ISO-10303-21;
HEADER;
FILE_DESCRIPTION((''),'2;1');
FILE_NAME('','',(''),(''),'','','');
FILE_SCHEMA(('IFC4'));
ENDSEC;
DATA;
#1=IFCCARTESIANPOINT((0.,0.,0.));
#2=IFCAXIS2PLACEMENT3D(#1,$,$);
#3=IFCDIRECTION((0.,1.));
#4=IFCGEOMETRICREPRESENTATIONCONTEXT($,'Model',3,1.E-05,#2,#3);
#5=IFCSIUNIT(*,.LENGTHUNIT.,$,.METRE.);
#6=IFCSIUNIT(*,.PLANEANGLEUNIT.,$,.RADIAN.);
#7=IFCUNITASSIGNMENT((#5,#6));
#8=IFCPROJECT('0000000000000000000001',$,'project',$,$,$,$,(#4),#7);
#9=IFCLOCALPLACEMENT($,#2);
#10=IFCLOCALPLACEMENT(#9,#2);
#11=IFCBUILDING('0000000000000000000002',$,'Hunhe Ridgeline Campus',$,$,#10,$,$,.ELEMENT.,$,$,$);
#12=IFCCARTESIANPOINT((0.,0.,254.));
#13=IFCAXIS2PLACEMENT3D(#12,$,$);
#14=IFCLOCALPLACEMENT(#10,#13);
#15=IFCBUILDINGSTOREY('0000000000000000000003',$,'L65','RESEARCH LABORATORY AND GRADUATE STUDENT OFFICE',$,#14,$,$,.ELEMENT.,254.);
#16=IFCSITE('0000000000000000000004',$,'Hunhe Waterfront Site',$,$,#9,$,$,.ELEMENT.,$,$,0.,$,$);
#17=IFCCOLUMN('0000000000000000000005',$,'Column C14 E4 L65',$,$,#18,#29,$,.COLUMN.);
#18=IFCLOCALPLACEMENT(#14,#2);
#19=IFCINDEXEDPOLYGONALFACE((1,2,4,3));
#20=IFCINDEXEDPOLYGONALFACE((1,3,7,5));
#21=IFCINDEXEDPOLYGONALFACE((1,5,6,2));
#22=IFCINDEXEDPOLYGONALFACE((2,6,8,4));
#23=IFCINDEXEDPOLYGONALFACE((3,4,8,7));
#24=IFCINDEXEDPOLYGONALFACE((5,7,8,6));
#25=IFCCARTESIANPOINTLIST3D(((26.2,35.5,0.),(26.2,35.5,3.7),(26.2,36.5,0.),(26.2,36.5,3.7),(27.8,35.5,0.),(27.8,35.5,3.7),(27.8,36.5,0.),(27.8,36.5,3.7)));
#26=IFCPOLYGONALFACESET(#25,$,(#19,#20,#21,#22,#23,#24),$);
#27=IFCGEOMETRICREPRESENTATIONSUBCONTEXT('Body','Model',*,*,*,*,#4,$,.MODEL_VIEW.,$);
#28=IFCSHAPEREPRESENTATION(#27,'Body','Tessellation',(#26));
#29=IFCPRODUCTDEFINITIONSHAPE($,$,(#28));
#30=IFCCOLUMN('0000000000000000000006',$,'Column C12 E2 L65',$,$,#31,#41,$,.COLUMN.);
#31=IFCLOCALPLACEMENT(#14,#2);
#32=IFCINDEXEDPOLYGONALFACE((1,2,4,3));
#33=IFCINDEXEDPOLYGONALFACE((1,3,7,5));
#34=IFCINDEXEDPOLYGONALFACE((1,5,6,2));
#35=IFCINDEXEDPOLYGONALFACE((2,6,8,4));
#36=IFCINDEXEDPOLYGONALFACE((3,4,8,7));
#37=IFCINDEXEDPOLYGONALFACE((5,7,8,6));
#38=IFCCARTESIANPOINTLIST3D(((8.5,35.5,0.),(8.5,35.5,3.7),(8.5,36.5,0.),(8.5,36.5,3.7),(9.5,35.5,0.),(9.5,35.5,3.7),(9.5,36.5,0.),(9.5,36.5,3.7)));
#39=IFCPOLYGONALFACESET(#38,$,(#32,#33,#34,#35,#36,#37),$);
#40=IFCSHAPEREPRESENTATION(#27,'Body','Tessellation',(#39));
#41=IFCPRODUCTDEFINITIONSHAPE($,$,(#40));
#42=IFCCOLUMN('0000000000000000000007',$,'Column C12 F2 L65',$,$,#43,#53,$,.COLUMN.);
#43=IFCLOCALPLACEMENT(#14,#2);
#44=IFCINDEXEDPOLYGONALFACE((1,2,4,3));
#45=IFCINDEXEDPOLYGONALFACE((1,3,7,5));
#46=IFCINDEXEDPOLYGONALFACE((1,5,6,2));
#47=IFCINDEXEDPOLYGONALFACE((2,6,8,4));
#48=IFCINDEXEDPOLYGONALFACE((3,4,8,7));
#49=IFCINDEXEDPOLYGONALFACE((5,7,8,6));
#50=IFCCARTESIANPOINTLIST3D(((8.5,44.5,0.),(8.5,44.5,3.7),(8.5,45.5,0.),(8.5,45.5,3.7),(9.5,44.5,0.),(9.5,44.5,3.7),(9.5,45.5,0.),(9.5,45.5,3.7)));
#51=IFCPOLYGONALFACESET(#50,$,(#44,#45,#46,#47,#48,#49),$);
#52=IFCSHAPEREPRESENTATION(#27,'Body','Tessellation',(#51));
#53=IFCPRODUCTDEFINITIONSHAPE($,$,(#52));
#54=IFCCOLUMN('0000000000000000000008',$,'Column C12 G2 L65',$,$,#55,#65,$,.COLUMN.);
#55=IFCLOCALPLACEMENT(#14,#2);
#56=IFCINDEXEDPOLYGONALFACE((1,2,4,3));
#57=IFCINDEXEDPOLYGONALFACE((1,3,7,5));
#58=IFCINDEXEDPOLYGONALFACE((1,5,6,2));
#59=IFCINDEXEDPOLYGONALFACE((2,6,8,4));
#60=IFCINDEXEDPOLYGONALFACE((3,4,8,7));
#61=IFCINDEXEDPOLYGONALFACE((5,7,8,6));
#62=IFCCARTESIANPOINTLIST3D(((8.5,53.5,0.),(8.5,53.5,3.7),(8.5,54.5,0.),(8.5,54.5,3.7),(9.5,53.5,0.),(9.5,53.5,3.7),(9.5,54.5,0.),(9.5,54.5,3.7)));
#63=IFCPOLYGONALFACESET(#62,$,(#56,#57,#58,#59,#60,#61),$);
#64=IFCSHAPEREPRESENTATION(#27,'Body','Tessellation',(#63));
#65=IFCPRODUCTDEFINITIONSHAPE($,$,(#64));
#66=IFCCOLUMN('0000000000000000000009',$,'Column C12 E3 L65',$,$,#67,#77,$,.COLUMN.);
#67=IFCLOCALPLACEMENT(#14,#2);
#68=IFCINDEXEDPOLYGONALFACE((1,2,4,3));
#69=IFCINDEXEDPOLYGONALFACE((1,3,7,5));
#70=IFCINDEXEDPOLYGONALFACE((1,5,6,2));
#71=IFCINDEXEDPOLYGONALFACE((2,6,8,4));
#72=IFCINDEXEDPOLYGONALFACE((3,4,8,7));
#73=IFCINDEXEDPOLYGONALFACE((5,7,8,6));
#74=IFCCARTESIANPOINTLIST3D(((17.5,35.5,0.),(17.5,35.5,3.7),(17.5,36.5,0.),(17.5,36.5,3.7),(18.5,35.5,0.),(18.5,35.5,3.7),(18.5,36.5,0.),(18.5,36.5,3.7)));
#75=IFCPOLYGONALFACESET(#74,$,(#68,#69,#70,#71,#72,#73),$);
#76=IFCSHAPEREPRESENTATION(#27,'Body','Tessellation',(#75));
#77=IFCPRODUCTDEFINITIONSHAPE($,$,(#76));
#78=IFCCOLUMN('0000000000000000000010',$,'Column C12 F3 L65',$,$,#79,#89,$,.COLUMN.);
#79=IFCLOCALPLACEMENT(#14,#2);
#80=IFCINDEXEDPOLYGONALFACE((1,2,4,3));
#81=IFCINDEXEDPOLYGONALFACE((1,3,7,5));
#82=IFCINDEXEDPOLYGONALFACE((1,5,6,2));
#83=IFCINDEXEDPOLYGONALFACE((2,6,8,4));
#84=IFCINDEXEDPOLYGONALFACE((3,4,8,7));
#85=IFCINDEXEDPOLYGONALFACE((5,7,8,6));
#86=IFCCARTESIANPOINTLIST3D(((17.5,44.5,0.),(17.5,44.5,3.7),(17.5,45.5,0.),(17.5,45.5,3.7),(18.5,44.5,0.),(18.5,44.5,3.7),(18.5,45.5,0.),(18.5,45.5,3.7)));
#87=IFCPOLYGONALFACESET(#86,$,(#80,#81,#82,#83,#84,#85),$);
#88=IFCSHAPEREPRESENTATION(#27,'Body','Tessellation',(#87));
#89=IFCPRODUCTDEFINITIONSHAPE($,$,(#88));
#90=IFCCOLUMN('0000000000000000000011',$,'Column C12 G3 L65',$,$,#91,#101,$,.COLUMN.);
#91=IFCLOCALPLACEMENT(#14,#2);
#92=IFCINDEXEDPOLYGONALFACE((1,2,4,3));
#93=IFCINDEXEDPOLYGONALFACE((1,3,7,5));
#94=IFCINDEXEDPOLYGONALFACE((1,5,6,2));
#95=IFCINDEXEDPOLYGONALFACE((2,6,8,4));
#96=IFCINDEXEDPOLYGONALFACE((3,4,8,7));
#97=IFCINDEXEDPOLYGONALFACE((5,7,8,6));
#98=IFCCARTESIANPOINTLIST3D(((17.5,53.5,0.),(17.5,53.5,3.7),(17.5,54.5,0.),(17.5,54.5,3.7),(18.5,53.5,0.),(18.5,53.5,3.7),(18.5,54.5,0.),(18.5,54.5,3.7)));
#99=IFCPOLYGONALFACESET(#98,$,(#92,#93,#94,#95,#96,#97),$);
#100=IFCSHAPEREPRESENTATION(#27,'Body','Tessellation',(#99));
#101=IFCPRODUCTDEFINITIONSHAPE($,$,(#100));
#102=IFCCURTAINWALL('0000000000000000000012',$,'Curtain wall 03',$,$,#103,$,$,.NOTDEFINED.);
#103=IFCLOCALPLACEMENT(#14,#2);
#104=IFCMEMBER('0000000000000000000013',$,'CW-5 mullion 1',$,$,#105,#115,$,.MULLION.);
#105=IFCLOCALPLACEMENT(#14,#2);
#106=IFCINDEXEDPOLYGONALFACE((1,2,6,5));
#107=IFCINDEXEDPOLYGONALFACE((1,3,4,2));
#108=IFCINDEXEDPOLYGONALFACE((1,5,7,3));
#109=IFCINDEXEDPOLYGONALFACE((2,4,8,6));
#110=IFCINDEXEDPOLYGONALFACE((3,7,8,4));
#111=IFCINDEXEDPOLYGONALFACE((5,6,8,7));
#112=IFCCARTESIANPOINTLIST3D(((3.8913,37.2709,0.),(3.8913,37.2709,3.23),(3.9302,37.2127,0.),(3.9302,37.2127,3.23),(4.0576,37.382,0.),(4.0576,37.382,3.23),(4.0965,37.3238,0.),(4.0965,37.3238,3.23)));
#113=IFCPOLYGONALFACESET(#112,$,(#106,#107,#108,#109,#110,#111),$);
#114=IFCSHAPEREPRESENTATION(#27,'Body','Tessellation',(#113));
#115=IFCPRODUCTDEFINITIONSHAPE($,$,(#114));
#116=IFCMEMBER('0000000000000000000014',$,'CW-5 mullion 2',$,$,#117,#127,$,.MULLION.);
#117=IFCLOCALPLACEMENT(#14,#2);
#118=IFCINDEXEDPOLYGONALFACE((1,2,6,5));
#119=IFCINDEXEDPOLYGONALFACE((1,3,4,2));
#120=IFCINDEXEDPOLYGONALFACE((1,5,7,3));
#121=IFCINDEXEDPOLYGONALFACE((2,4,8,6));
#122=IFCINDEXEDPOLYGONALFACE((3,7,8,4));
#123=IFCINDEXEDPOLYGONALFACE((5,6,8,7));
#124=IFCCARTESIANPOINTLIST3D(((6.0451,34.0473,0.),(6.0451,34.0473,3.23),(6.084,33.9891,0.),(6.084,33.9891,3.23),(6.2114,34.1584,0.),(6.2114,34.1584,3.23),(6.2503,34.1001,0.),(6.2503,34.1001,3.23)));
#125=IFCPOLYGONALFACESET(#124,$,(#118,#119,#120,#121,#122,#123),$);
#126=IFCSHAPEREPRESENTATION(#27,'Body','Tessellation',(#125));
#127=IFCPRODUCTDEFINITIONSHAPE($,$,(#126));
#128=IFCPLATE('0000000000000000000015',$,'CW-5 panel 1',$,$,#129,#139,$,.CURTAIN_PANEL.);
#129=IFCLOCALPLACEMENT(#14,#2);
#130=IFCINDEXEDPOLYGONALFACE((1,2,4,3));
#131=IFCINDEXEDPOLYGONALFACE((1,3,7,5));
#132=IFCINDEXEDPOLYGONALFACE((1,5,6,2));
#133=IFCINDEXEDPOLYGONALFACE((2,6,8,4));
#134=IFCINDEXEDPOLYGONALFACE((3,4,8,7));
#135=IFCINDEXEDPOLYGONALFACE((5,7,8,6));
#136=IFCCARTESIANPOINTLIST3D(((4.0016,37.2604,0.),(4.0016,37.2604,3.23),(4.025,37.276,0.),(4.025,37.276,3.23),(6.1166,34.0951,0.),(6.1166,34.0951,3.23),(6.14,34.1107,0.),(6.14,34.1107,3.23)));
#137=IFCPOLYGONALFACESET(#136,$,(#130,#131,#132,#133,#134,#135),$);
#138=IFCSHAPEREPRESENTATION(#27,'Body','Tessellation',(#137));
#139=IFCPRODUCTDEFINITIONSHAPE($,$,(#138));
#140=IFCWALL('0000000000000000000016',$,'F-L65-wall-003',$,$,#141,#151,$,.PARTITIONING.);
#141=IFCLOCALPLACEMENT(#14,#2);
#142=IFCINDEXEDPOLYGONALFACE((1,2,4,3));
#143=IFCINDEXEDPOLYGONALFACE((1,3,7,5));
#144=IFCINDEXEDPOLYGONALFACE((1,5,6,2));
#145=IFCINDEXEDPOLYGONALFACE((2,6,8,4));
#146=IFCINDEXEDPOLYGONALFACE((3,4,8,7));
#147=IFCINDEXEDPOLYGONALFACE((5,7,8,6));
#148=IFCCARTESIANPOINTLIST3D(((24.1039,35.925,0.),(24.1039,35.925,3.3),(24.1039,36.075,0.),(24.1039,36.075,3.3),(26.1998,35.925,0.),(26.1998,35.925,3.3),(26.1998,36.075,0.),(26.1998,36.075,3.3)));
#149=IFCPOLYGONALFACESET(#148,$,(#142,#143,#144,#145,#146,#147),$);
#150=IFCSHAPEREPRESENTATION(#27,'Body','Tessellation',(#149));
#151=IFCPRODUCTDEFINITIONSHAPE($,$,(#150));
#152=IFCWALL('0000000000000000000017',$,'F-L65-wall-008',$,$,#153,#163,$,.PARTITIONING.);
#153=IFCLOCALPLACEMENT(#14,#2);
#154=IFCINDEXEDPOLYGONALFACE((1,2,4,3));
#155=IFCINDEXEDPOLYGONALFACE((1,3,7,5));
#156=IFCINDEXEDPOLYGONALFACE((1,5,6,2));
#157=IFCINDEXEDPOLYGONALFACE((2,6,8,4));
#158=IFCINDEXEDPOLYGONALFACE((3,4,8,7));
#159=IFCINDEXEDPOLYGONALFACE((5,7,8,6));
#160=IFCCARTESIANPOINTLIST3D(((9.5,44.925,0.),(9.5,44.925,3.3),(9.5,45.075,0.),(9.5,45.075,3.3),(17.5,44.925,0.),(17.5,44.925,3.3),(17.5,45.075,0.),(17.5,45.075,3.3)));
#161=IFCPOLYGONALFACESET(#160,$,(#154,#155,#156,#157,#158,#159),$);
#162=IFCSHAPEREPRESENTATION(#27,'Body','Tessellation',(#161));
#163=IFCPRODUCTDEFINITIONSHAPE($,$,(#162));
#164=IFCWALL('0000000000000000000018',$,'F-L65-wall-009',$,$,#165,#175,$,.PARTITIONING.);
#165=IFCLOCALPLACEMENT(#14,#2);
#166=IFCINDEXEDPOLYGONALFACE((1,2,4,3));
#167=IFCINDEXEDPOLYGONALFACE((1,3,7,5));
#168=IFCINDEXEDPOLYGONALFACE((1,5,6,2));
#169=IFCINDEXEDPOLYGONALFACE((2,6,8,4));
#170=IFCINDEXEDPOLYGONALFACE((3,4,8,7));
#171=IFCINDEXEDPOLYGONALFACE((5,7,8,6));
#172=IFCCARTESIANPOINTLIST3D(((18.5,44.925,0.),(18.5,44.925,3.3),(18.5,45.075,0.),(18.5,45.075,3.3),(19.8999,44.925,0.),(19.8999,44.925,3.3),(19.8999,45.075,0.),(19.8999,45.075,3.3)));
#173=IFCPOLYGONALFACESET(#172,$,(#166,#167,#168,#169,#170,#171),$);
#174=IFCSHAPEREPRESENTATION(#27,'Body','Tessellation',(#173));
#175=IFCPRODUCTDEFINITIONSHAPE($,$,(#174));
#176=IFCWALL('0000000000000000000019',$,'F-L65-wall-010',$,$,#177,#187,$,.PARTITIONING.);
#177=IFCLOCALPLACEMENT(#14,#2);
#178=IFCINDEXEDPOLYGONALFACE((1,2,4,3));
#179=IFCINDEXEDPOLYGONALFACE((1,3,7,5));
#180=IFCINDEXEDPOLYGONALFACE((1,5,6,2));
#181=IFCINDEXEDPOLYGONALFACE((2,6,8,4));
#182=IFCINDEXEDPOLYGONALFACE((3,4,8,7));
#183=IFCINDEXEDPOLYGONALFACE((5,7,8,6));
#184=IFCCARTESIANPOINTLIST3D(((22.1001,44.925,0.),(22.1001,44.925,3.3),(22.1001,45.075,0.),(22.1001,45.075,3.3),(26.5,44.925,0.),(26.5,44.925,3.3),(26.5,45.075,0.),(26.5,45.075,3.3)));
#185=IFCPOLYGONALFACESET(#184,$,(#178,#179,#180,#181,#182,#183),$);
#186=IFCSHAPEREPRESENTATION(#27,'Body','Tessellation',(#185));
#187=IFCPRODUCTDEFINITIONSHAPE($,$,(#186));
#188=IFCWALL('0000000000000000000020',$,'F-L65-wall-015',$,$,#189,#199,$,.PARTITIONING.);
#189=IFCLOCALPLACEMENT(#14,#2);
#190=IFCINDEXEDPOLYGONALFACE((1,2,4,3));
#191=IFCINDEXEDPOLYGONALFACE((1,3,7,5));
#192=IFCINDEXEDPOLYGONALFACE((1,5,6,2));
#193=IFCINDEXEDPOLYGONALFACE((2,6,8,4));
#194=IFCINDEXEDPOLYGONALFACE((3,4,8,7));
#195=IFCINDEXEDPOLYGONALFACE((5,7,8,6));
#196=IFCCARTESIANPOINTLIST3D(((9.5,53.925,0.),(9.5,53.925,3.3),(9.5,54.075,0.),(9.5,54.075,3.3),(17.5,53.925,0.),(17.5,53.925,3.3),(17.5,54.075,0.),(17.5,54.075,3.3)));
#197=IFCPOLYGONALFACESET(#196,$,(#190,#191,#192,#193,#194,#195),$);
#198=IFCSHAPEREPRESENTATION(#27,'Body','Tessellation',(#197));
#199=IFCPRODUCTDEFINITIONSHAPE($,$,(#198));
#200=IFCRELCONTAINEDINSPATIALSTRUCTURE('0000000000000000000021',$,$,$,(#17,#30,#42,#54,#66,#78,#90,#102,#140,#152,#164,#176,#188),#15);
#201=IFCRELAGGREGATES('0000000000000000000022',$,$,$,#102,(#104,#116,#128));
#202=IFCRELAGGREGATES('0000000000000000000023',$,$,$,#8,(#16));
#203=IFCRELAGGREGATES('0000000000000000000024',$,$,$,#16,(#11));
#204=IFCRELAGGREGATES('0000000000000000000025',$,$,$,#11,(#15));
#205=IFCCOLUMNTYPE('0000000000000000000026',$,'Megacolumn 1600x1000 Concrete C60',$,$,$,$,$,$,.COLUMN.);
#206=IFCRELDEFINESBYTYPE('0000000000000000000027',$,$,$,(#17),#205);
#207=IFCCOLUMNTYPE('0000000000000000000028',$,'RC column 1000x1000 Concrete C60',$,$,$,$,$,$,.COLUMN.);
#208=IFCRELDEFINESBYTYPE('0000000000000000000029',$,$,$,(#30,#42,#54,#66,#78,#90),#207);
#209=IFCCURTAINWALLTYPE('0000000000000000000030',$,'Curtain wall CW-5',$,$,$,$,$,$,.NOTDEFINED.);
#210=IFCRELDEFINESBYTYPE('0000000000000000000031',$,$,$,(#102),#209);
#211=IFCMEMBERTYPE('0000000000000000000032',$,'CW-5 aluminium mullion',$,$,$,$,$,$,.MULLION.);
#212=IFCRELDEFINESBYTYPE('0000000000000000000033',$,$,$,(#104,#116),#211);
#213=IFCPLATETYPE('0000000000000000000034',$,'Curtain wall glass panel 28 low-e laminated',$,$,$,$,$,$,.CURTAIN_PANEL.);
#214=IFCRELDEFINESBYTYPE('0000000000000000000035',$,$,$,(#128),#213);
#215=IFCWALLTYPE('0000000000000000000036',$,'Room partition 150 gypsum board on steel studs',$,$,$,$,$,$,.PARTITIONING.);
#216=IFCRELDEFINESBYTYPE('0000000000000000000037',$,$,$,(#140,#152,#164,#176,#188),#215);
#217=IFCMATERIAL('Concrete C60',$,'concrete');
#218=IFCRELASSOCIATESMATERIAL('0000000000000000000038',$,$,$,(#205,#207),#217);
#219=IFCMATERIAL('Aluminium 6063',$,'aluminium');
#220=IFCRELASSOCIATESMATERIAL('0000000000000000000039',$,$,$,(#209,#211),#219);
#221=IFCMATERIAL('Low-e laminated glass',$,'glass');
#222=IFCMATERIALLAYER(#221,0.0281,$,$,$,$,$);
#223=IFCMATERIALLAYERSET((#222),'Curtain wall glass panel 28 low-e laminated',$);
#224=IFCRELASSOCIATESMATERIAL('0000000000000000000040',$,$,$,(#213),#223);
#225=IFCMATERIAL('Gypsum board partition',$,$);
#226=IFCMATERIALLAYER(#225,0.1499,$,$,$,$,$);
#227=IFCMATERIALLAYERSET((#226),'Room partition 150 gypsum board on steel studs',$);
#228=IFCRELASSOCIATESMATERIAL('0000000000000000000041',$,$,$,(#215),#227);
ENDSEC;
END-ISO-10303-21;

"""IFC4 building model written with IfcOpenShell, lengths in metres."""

from ifc_helpers import new_model, si_unit, direction, frame, frame_2d, origin, origin_2d, place, context, subcontext, project, spatial, rectangle, extrude, material, layer, layer_set, material_profile, profile_set, type_object, element, aggregate, save


model = new_model("IFC4")

# Units and contexts
model_context = context("Model", 3, precision=1e-05, world=origin(), true_north=direction((0.0, 1.0)))
body_context = subcontext(model_context, "Body", "Model", "MODEL_VIEW")
ifc_project = project(units=[si_unit("LENGTHUNIT", "METRE"), si_unit("PLANEANGLEUNIT", "RADIAN")], contexts=[model_context])

# Site, building, storey
site_placement = place(None, origin())
site = spatial("IfcSite", under=ifc_project, at=site_placement, Name="Hunhe Waterfront Site", CompositionType="ELEMENT", RefElevation=0.0)
building_placement = place(site_placement, origin())
building = spatial("IfcBuilding", under=site, at=building_placement, Name="Hunhe Ridgeline Campus", CompositionType="ELEMENT")
storey_placement = place(building_placement, frame((0.0, 0.0, 254.0)))
storey = spatial("IfcBuildingStorey", under=building, at=storey_placement, Name="L65", Description="RESEARCH LABORATORY AND GRADUATE STUDENT OFFICE", CompositionType="ELEMENT", Elevation=254.0)

# Columns
ifc_material_1 = material(Name="Concrete C60", Category="concrete")
ifc_material_profile_1 = material_profile(ifc_material_1, rectangle(XDim=1.6001, YDim=1.0, at=origin_2d()))
ifc_profile_set_1 = profile_set([ifc_material_profile_1], Name="Concrete C60")
column_type_1 = type_object("IfcColumnType", Name="Megacolumn 1600x1000 Concrete C60", PredefinedType="COLUMN", material=ifc_profile_set_1)
column_placement = place(storey_placement, frame((27.0, 36.0, 0.0), z_axis=(0.0, 0.0, 1.0), x_axis=(1.0, 0.0, 0.0)))
element("IfcColumn", 1, at=column_placement, inside=storey, type_object=column_type_1, Name="Column C14 E4 L65", PredefinedType="COLUMN", context=body_context, shape_type="SweptSolid", body=[
    extrude(rectangle(XDim=1.6001, YDim=1.0, at=origin_2d()), origin(), (0.0, 0.0, 1.0), 3.7),
])
ifc_material_profile_2 = material_profile(ifc_material_1, rectangle(XDim=1.0, YDim=1.0, at=origin_2d()))
ifc_profile_set_2 = profile_set([ifc_material_profile_2], Name="Concrete C60")
column_type_2 = type_object("IfcColumnType", Name="RC column 1000x1000 Concrete C60", PredefinedType="COLUMN", material=ifc_profile_set_2)
for number, where, z_axis, x_axis, name in (
    (2, (9.0, 36.0, 0.0), (0.0, 0.0, 1.0), (1.0, 0.0, 0.0), "Column C12 E2 L65"),
    (3, (9.0, 45.0, 0.0), (0.0, 0.0, 1.0), (1.0, 0.0, 0.0), "Column C12 F2 L65"),
    (4, (9.0, 54.0, 0.0), (0.0, 0.0, 1.0), (1.0, 0.0, 0.0), "Column C12 G2 L65"),
    (5, (18.0, 36.0, 0.0), (0.0, 0.0, 1.0), (1.0, 0.0, 0.0), "Column C12 E3 L65"),
    (6, (18.0, 45.0, 0.0), (0.0, 0.0, 1.0), (1.0, 0.0, 0.0), "Column C12 F3 L65"),
    (7, (18.0, 54.0, 0.0), (0.0, 0.0, 1.0), (1.0, 0.0, 0.0), "Column C12 G3 L65"),
):
    element("IfcColumn", number, at=place(storey_placement, frame(where, z_axis=z_axis, x_axis=x_axis)), inside=storey, type_object=column_type_2, Name=name, PredefinedType="COLUMN", context=body_context, shape_type="SweptSolid", body=[
        extrude(rectangle(XDim=1.0, YDim=1.0, at=origin_2d()), origin(), (0.0, 0.0, 1.0), 3.7),
    ])

# Curtain wall, members, plate
ifc_material_2 = material(Name="Aluminium 6063", Category="aluminium")
curtain_wall_type = type_object("IfcCurtainWallType", Name="Curtain wall CW-5", PredefinedType="NOTDEFINED", material=ifc_material_2)
curtain_wall_placement = place(storey_placement, origin())
curtain_wall = element("IfcCurtainWall", 8, at=curtain_wall_placement, inside=storey, type_object=curtain_wall_type, Name="Curtain wall 03", PredefinedType="NOTDEFINED")
ifc_material_profile_3 = material_profile(ifc_material_2, rectangle(XDim=0.2, YDim=0.0701, at=origin_2d()))
ifc_profile_set_3 = profile_set([ifc_material_profile_3], Name="Aluminium 6063")
member_type = type_object("IfcMemberType", Name="CW-5 aluminium mullion", PredefinedType="MULLION", material=ifc_profile_set_3)
member_1_placement = place(storey_placement, frame((3.9939, 37.2974, 0.0), z_axis=(0.0, 0.0, 1.0), x_axis=(0.83147, 0.55557, 0.0)))
member_1 = element("IfcMember", 9, at=member_1_placement, type_object=member_type, Name="CW-5 mullion 1", PredefinedType="MULLION", context=body_context, shape_type="SweptSolid", body=[
    extrude(rectangle(XDim=0.2, YDim=0.0701, at=origin_2d()), origin(), (0.0, 0.0, 1.0), 3.23),
])
member_2_placement = place(storey_placement, frame((6.1477, 34.0737, 0.0), z_axis=(0.0, 0.0, 1.0), x_axis=(0.83147, 0.55557, 0.0)))
member_2 = element("IfcMember", 10, at=member_2_placement, type_object=member_type, Name="CW-5 mullion 2", PredefinedType="MULLION", context=body_context, shape_type="SweptSolid", body=[
    extrude(rectangle(XDim=0.2, YDim=0.0701, at=origin_2d()), origin(), (0.0, 0.0, 1.0), 3.23),
])
ifc_material_3 = material(Name="Low-e laminated glass", Category="glass")
ifc_layer_1 = layer(ifc_material_3, 0.0281)
ifc_layer_set_1 = layer_set([ifc_layer_1], Name="Curtain wall glass panel 28 low-e laminated")
plate_type = type_object("IfcPlateType", Name="Curtain wall glass panel 28 low-e laminated", PredefinedType="CURTAIN_PANEL", material=ifc_layer_set_1)
plate_placement = place(storey_placement, frame((5.0708, 35.6855, 0.0), z_axis=(0.0, 0.0, 1.0), x_axis=(0.55557, -0.83147, 0.0)))
plate = element("IfcPlate", 11, at=plate_placement, type_object=plate_type, Name="CW-5 panel 1", PredefinedType="CURTAIN_PANEL", context=body_context, shape_type="SweptSolid", body=[
    extrude(rectangle(XDim=3.8069, YDim=0.0281, at=origin_2d()), origin(), (0.0, 0.0, 1.0), 3.23),
])
aggregate(curtain_wall, [member_1, member_2, plate])

# Shared definitions
ifc_material_4 = material(Name="Gypsum board partition")

# Walls
ifc_layer_2 = layer(ifc_material_4, 0.1499)
ifc_layer_set_2 = layer_set([ifc_layer_2], Name="Room partition 150 gypsum board on steel studs")
wall_type_1 = type_object("IfcWallType", Name="Room partition 150 gypsum board on steel studs", PredefinedType="PARTITIONING", material=ifc_layer_set_2)
wall_1_placement = place(storey_placement, frame((24.104, 36.0, 0.0), z_axis=(0.0, 0.0, 1.0), x_axis=(1.0, 0.0, 0.0)))
element("IfcWall", 12, at=wall_1_placement, inside=storey, type_object=wall_type_1, Name="F-L65-wall-003", PredefinedType="PARTITIONING", context=body_context, shape_type="SweptSolid", body=[
    extrude(rectangle(XDim=2.0959, YDim=0.1499, at=frame_2d((1.0479, 0.0))), origin(), (0.0, 0.0, 1.0), 3.3),
])
wall_2_placement = place(storey_placement, frame((9.5, 45.0, 0.0), z_axis=(0.0, 0.0, 1.0), x_axis=(1.0, 0.0, 0.0)))
element("IfcWall", 13, at=wall_2_placement, inside=storey, type_object=wall_type_1, Name="F-L65-wall-008", PredefinedType="PARTITIONING", context=body_context, shape_type="SweptSolid", body=[
    extrude(rectangle(XDim=8.0, YDim=0.1499, at=frame_2d((4.0, 0.0))), origin(), (0.0, 0.0, 1.0), 3.3),
])
wall_3_placement = place(storey_placement, frame((18.5, 45.0, 0.0), z_axis=(0.0, 0.0, 1.0), x_axis=(1.0, 0.0, 0.0)))
element("IfcWall", 14, at=wall_3_placement, inside=storey, type_object=wall_type_1, Name="F-L65-wall-009", PredefinedType="PARTITIONING", context=body_context, shape_type="SweptSolid", body=[
    extrude(rectangle(XDim=1.3999, YDim=0.1499, at=frame_2d((0.7, 0.0))), origin(), (0.0, 0.0, 1.0), 3.3),
])
wall_4_placement = place(storey_placement, frame((22.1001, 45.0, 0.0), z_axis=(0.0, 0.0, 1.0), x_axis=(1.0, 0.0, 0.0)))
element("IfcWall", 15, at=wall_4_placement, inside=storey, type_object=wall_type_1, Name="F-L65-wall-010", PredefinedType="PARTITIONING", context=body_context, shape_type="SweptSolid", body=[
    extrude(rectangle(XDim=4.3999, YDim=0.1499, at=frame_2d((2.2, 0.0))), origin(), (0.0, 0.0, 1.0), 3.3),
])
wall_5_placement = place(storey_placement, frame((9.5, 54.0, 0.0), z_axis=(0.0, 0.0, 1.0), x_axis=(1.0, 0.0, 0.0)))
element("IfcWall", 16, at=wall_5_placement, inside=storey, type_object=wall_type_1, Name="F-L65-wall-015", PredefinedType="PARTITIONING", context=body_context, shape_type="SweptSolid", body=[
    extrude(rectangle(XDim=8.0, YDim=0.1499, at=frame_2d((4.0, 0.0))), origin(), (0.0, 0.0, 1.0), 3.3),
])

save(model, "model.ifc")
